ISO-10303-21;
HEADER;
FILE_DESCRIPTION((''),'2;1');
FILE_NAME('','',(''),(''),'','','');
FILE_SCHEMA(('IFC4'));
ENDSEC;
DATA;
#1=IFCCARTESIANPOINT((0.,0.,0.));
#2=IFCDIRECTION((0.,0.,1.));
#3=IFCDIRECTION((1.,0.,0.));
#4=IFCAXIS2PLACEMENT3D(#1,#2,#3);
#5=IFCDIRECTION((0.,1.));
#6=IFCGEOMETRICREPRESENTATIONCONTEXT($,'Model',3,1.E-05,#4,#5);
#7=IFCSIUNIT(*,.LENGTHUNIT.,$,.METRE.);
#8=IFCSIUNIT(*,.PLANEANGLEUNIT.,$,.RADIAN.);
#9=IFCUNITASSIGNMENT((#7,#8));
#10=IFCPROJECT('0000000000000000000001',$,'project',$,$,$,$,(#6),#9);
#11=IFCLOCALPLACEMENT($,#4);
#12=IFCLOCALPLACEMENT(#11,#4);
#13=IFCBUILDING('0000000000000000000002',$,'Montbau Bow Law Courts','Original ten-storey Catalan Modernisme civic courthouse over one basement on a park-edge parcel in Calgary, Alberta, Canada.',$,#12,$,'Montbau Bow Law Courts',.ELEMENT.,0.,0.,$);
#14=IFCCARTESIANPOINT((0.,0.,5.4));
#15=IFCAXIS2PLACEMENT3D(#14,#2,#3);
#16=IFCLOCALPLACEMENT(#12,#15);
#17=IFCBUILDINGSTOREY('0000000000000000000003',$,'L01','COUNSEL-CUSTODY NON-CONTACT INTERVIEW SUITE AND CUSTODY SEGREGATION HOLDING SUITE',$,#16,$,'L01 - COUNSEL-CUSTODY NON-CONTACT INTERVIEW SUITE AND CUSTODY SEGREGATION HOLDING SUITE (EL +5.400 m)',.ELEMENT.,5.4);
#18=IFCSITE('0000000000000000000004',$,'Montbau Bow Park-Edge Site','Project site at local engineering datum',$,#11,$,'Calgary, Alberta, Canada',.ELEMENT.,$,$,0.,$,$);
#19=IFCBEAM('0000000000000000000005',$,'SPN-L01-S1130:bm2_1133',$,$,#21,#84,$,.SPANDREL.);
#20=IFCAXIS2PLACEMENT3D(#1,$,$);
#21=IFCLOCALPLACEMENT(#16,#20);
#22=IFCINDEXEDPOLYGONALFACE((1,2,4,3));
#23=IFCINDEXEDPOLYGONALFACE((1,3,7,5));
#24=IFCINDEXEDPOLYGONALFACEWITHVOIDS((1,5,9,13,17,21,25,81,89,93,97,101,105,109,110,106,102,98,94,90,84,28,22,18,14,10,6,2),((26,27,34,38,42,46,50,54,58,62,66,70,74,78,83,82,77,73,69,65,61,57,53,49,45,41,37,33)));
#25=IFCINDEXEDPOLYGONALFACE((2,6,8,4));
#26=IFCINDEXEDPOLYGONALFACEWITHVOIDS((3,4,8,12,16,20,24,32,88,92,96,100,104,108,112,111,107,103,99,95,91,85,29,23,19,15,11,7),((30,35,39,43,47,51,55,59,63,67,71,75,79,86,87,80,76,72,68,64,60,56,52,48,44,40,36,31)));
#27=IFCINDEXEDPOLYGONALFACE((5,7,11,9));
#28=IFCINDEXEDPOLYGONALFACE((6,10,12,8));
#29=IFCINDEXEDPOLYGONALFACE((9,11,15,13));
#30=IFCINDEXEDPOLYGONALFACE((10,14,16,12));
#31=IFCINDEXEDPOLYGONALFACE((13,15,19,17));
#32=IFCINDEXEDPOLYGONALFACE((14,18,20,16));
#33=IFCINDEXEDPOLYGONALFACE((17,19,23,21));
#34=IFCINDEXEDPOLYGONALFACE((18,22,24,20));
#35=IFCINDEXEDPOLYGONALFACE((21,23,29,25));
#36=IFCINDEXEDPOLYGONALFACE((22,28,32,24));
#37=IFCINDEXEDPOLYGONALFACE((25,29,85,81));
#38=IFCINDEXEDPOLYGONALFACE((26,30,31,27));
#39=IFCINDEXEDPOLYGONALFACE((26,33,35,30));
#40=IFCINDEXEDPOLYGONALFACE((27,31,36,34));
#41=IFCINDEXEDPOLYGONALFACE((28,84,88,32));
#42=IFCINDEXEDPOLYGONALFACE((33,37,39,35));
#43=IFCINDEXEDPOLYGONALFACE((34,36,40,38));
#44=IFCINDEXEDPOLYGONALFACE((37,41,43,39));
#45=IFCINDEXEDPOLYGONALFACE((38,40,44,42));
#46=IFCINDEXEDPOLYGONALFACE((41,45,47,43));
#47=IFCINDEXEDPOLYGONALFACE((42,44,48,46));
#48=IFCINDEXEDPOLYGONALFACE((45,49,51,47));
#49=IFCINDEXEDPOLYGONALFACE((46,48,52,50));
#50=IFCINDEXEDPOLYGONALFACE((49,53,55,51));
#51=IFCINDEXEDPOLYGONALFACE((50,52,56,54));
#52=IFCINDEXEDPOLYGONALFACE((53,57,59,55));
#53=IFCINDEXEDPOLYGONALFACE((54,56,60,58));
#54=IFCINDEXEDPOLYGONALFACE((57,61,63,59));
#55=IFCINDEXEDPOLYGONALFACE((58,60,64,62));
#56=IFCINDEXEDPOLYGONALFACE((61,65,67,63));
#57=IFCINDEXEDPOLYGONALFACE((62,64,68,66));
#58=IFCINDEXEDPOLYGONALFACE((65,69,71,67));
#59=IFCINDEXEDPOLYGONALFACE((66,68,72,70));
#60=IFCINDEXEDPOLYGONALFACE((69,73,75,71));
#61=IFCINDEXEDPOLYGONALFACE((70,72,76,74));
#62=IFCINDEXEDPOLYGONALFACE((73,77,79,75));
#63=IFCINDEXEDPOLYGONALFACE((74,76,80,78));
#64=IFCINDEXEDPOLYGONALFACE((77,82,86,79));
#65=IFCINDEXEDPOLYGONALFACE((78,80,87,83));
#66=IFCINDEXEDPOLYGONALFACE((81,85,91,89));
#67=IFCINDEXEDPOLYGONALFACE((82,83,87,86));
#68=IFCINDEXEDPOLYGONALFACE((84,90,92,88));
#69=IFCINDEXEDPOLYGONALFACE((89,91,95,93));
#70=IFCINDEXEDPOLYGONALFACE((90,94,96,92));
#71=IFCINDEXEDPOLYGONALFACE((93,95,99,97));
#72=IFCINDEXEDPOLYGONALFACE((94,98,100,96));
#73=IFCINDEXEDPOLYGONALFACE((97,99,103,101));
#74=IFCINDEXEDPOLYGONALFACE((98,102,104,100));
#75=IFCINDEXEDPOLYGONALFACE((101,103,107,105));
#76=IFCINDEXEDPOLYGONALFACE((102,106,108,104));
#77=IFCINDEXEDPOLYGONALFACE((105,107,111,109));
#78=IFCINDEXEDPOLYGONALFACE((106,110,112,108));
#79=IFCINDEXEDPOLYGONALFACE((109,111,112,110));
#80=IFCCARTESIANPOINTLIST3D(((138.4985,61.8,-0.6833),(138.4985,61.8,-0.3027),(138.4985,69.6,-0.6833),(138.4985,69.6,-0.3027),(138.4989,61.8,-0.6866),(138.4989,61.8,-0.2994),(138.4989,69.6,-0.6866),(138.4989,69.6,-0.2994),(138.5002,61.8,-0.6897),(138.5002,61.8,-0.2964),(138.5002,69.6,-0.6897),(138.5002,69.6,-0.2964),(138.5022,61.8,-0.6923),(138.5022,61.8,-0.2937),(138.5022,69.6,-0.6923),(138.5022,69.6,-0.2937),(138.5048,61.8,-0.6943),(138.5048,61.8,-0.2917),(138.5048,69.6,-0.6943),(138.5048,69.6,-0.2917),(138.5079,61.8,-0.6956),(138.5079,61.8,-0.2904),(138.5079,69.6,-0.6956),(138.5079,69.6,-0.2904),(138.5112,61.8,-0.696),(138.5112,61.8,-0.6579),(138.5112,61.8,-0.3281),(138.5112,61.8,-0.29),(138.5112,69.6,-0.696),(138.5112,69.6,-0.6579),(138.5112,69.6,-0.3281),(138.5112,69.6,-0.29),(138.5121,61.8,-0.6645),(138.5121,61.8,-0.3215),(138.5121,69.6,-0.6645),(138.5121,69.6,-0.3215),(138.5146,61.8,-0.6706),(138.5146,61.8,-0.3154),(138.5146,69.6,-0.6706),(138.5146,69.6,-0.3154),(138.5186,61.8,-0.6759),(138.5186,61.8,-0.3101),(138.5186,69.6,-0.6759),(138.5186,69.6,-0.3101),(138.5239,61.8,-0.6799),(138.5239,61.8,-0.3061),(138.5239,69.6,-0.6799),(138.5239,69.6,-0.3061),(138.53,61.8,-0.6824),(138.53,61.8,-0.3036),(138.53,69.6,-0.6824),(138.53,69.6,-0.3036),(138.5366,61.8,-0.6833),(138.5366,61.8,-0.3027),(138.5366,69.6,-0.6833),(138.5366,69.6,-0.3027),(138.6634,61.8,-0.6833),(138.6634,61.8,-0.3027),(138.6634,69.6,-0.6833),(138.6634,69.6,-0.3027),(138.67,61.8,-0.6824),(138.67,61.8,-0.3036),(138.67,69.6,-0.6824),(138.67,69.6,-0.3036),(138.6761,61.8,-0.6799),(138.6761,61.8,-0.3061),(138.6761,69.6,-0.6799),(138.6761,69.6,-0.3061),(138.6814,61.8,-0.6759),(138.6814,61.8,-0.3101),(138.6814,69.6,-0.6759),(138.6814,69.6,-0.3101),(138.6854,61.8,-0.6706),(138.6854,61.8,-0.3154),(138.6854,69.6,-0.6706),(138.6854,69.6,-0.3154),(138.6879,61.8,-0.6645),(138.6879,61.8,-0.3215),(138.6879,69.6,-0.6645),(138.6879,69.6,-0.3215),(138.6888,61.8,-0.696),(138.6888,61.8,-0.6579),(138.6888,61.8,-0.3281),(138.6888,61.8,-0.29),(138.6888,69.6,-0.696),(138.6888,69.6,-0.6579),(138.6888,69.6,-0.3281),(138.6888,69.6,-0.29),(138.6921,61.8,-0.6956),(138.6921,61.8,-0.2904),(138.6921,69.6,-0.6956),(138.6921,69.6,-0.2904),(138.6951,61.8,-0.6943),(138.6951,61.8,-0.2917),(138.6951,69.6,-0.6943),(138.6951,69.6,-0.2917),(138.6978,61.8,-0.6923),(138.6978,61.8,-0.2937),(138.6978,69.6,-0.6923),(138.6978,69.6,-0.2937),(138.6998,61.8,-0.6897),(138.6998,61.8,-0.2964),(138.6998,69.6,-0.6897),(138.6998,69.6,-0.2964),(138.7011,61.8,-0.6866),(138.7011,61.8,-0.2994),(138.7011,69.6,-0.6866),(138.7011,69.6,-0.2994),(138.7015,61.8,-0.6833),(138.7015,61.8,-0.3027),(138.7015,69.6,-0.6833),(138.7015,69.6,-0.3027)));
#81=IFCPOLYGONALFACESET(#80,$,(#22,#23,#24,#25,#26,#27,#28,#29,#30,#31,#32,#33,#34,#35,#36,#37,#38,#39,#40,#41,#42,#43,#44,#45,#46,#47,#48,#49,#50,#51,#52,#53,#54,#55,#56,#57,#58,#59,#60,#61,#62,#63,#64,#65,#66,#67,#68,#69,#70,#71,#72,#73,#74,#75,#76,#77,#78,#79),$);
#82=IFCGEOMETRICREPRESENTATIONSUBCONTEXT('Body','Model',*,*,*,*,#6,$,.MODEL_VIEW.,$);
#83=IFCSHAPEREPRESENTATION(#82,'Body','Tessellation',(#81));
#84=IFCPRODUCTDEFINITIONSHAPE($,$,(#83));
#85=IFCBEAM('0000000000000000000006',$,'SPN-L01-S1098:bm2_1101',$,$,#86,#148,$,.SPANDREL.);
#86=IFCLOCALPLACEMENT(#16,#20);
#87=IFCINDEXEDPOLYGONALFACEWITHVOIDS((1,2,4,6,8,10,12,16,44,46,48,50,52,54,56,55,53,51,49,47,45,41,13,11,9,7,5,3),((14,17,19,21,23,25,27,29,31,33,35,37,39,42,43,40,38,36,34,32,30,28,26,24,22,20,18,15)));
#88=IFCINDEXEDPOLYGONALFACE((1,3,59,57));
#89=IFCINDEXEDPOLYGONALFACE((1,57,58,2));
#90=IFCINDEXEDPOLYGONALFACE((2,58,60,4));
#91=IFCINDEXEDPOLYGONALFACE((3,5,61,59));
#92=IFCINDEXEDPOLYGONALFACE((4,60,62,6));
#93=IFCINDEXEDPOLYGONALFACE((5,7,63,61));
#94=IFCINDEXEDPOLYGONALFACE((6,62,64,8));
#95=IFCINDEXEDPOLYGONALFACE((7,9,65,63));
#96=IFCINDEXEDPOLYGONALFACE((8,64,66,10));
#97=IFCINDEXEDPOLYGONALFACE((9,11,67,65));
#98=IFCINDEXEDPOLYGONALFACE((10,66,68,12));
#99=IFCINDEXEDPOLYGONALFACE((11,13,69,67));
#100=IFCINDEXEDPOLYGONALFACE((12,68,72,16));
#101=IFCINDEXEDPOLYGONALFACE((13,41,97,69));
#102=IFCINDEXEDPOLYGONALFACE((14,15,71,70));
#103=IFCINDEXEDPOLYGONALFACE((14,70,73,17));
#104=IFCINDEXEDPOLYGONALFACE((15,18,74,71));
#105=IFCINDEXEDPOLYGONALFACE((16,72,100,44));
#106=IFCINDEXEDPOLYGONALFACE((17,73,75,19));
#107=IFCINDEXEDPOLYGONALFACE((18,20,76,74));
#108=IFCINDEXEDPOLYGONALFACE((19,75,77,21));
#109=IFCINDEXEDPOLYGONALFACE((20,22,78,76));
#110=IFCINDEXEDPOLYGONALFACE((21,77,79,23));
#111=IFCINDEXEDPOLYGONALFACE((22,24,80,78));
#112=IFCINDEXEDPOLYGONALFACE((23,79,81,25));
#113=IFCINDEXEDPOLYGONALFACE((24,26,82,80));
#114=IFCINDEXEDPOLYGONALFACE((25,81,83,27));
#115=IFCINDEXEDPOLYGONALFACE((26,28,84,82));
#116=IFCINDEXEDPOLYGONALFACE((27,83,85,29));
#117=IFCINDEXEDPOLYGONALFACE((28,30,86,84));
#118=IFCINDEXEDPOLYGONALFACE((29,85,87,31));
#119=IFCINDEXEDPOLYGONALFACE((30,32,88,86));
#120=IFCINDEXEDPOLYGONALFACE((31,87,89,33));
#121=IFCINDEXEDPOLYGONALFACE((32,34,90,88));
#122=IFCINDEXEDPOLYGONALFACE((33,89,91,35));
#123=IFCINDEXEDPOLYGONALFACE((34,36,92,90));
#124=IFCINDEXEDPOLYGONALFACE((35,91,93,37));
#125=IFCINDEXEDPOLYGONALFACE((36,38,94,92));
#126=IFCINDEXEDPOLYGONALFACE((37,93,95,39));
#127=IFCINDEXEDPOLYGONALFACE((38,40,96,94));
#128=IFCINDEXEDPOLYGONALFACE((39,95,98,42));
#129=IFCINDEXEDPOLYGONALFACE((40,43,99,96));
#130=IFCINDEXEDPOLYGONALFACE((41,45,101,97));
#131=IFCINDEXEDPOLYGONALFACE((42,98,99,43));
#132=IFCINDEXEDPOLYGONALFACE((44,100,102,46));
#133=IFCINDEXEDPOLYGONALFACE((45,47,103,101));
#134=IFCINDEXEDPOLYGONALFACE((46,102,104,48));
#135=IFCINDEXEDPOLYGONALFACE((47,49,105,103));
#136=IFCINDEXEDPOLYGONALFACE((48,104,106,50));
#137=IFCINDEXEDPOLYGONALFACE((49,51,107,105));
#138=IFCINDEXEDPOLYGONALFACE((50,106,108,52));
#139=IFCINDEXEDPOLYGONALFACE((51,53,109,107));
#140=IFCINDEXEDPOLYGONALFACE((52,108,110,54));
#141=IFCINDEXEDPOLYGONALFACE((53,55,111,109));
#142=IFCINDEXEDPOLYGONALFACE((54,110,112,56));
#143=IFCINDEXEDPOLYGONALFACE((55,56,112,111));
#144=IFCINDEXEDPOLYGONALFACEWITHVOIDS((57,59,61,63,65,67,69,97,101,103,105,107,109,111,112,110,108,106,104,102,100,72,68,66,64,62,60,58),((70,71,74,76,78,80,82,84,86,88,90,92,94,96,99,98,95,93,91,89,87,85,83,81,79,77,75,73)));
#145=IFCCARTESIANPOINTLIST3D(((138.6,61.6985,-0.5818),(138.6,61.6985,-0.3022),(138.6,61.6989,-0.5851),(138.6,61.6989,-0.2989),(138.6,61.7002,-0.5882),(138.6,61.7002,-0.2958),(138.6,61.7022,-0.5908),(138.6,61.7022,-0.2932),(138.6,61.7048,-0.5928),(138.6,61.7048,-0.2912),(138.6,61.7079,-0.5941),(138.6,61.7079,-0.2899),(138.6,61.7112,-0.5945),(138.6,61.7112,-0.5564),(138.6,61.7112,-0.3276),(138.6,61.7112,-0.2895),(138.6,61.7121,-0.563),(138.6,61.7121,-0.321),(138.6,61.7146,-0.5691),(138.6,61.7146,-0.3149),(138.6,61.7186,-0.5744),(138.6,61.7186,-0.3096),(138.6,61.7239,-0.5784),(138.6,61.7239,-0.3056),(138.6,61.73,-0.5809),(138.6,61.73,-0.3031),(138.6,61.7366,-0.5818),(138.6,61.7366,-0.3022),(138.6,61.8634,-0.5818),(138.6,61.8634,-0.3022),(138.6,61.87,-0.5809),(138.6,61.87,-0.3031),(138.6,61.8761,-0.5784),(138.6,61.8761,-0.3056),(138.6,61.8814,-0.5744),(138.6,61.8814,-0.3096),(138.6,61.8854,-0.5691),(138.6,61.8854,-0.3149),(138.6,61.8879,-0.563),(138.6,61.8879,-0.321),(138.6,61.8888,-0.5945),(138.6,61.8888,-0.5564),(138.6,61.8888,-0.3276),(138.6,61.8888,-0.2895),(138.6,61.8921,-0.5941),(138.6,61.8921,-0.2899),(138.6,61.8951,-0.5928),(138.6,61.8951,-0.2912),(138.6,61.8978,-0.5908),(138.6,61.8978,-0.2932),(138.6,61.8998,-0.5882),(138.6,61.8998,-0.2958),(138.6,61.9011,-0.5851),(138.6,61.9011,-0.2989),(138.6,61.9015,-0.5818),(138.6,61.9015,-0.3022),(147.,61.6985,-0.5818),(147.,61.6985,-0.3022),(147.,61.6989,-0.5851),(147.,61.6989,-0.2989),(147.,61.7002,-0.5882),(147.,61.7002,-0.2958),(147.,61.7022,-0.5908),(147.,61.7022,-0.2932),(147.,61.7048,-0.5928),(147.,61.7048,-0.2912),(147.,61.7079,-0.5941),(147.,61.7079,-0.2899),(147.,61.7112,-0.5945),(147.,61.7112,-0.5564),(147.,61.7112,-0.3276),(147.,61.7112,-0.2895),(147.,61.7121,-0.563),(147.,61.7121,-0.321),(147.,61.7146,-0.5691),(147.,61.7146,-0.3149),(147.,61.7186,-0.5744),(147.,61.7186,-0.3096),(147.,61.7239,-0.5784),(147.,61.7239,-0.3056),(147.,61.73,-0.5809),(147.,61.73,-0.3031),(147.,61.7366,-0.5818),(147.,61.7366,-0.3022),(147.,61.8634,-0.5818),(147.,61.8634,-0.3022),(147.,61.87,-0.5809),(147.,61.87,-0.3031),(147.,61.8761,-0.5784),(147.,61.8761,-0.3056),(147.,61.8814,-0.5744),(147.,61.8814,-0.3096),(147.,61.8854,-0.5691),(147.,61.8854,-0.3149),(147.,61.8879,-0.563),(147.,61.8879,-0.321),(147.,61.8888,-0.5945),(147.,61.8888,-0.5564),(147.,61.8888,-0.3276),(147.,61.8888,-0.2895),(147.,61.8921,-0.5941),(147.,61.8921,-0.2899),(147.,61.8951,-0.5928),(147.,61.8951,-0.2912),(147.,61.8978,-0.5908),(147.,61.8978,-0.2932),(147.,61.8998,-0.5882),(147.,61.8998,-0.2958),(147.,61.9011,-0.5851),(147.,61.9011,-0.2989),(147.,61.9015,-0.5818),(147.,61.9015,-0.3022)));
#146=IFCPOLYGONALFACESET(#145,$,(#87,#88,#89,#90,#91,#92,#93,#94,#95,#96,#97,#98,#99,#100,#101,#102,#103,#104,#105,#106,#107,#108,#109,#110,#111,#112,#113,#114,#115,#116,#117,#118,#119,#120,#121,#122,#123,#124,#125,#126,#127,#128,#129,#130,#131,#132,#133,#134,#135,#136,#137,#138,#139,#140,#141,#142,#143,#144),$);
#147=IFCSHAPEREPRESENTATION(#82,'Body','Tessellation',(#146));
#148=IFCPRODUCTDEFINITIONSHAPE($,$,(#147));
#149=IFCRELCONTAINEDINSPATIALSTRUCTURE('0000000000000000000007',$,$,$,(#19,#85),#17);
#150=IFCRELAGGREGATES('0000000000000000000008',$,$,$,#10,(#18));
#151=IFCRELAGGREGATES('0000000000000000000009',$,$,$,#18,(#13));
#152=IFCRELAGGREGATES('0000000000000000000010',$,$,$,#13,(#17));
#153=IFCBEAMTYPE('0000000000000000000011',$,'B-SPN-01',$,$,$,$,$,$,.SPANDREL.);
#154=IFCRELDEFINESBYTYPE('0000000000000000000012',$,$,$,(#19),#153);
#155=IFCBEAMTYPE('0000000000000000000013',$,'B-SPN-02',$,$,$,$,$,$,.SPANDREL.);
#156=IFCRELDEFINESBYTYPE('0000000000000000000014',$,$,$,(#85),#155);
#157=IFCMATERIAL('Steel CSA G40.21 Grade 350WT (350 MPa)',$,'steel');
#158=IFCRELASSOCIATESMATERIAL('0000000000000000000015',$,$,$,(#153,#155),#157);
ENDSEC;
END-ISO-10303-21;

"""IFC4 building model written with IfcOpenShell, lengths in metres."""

from ifc_helpers import new_model, si_unit, direction, frame, origin_with_axes, origin_2d_with_axis, place, context, subcontext, project, spatial, hollow_rectangle, extrude, material, material_profile, profile_set, type_object, element, save


model = new_model("IFC4")

# Units and contexts
model_context = context("Model", 3, precision=1e-05, world=origin_with_axes(), true_north=direction((0.0, 1.0)))
body_context = subcontext(model_context, "Body", "Model", "MODEL_VIEW")
ifc_project = project(units=[si_unit("LENGTHUNIT", "METRE"), si_unit("PLANEANGLEUNIT", "RADIAN")], contexts=[model_context])

# Site, building, storey
site_placement = place(None, origin_with_axes())
site = spatial("IfcSite", under=ifc_project, at=site_placement, Name="Montbau Bow Park-Edge Site", Description="Project site at local engineering datum", LongName="Calgary, Alberta, Canada", CompositionType="ELEMENT", RefElevation=0.0)
building_placement = place(site_placement, origin_with_axes())
building = spatial("IfcBuilding", under=site, at=building_placement, Name="Montbau Bow Law Courts", Description="Original ten-storey Catalan Modernisme civic courthouse over one basement on a park-edge parcel in Calgary, Alberta, Canada.", LongName="Montbau Bow Law Courts", CompositionType="ELEMENT", ElevationOfRefHeight=0.0, ElevationOfTerrain=0.0)
storey_placement = place(building_placement, frame((0.0, 0.0, 5.4), z_axis=(0.0, 0.0, 1.0), x_axis=(1.0, 0.0, 0.0)))
storey = spatial("IfcBuildingStorey", under=building, at=storey_placement, Name="L01", Description="COUNSEL-CUSTODY NON-CONTACT INTERVIEW SUITE AND CUSTODY SEGREGATION HOLDING SUITE", LongName="L01 - COUNSEL-CUSTODY NON-CONTACT INTERVIEW SUITE AND CUSTODY SEGREGATION HOLDING SUITE (EL +5.400 m)", CompositionType="ELEMENT", Elevation=5.4)

# Beams
ifc_material_1 = material(Name="Steel CSA G40.21 Grade 350WT (350 MPa)", Category="steel")
ifc_material_profile_1 = material_profile(ifc_material_1, hollow_rectangle(XDim=0.203, YDim=0.406, WallThickness=0.0127, InnerFilletRadius=0.0254, OuterFilletRadius=0.0127, at=origin_2d_with_axis()), Name="HSS406X203X13", Category="Main", Priority=0)
ifc_profile_set_1 = profile_set([ifc_material_profile_1], Name="Steel CSA G40.21 Grade 350WT (350 MPa)")
beam_type_1 = type_object("IfcBeamType", Name="B-SPN-01", PredefinedType="SPANDREL", material=ifc_profile_set_1)
for number, where, z_axis, x_axis, name in (
    (1, (138.6, 61.8, 4.907), (0.0, 1.0, 0.0), (-1.0, 0.0, 0.0), "SPN-L01-S1130:bm2_1133"),
):
    element("IfcBeam", number, at=place(None, frame(where, z_axis=z_axis, x_axis=x_axis)), inside=storey, type_object=beam_type_1, Name=name, PredefinedType="SPANDREL", context=body_context, shape_type="SweptSolid", body=[
        extrude(hollow_rectangle(XDim=0.203, YDim=0.406, WallThickness=0.0127, InnerFilletRadius=0.0254, OuterFilletRadius=0.0127, at=origin_2d_with_axis()), origin_with_axes(), (0.0, 0.0, 1.0), 7.8),
    ])
ifc_material_profile_2 = material_profile(ifc_material_1, hollow_rectangle(XDim=0.203, YDim=0.305, WallThickness=0.0127, InnerFilletRadius=0.0254, OuterFilletRadius=0.0127, at=origin_2d_with_axis()), Name="HSS305X203X13", Category="Main", Priority=0)
ifc_profile_set_2 = profile_set([ifc_material_profile_2], Name="Steel CSA G40.21 Grade 350WT (350 MPa)")
beam_type_2 = type_object("IfcBeamType", Name="B-SPN-02", PredefinedType="SPANDREL", material=ifc_profile_set_2)
for number, where, z_axis, x_axis, name in (
    (2, (138.6, 61.8, 4.958), (1.0, 0.0, 0.0), (0.0, 1.0, 0.0), "SPN-L01-S1098:bm2_1101"),
):
    element("IfcBeam", number, at=place(None, frame(where, z_axis=z_axis, x_axis=x_axis)), inside=storey, type_object=beam_type_2, Name=name, PredefinedType="SPANDREL", context=body_context, shape_type="SweptSolid", body=[
        extrude(hollow_rectangle(XDim=0.203, YDim=0.305, WallThickness=0.0127, InnerFilletRadius=0.0254, OuterFilletRadius=0.0127, at=origin_2d_with_axis()), origin_with_axes(), (0.0, 0.0, 1.0), 8.4),
    ])

save(model, "model.ifc")
